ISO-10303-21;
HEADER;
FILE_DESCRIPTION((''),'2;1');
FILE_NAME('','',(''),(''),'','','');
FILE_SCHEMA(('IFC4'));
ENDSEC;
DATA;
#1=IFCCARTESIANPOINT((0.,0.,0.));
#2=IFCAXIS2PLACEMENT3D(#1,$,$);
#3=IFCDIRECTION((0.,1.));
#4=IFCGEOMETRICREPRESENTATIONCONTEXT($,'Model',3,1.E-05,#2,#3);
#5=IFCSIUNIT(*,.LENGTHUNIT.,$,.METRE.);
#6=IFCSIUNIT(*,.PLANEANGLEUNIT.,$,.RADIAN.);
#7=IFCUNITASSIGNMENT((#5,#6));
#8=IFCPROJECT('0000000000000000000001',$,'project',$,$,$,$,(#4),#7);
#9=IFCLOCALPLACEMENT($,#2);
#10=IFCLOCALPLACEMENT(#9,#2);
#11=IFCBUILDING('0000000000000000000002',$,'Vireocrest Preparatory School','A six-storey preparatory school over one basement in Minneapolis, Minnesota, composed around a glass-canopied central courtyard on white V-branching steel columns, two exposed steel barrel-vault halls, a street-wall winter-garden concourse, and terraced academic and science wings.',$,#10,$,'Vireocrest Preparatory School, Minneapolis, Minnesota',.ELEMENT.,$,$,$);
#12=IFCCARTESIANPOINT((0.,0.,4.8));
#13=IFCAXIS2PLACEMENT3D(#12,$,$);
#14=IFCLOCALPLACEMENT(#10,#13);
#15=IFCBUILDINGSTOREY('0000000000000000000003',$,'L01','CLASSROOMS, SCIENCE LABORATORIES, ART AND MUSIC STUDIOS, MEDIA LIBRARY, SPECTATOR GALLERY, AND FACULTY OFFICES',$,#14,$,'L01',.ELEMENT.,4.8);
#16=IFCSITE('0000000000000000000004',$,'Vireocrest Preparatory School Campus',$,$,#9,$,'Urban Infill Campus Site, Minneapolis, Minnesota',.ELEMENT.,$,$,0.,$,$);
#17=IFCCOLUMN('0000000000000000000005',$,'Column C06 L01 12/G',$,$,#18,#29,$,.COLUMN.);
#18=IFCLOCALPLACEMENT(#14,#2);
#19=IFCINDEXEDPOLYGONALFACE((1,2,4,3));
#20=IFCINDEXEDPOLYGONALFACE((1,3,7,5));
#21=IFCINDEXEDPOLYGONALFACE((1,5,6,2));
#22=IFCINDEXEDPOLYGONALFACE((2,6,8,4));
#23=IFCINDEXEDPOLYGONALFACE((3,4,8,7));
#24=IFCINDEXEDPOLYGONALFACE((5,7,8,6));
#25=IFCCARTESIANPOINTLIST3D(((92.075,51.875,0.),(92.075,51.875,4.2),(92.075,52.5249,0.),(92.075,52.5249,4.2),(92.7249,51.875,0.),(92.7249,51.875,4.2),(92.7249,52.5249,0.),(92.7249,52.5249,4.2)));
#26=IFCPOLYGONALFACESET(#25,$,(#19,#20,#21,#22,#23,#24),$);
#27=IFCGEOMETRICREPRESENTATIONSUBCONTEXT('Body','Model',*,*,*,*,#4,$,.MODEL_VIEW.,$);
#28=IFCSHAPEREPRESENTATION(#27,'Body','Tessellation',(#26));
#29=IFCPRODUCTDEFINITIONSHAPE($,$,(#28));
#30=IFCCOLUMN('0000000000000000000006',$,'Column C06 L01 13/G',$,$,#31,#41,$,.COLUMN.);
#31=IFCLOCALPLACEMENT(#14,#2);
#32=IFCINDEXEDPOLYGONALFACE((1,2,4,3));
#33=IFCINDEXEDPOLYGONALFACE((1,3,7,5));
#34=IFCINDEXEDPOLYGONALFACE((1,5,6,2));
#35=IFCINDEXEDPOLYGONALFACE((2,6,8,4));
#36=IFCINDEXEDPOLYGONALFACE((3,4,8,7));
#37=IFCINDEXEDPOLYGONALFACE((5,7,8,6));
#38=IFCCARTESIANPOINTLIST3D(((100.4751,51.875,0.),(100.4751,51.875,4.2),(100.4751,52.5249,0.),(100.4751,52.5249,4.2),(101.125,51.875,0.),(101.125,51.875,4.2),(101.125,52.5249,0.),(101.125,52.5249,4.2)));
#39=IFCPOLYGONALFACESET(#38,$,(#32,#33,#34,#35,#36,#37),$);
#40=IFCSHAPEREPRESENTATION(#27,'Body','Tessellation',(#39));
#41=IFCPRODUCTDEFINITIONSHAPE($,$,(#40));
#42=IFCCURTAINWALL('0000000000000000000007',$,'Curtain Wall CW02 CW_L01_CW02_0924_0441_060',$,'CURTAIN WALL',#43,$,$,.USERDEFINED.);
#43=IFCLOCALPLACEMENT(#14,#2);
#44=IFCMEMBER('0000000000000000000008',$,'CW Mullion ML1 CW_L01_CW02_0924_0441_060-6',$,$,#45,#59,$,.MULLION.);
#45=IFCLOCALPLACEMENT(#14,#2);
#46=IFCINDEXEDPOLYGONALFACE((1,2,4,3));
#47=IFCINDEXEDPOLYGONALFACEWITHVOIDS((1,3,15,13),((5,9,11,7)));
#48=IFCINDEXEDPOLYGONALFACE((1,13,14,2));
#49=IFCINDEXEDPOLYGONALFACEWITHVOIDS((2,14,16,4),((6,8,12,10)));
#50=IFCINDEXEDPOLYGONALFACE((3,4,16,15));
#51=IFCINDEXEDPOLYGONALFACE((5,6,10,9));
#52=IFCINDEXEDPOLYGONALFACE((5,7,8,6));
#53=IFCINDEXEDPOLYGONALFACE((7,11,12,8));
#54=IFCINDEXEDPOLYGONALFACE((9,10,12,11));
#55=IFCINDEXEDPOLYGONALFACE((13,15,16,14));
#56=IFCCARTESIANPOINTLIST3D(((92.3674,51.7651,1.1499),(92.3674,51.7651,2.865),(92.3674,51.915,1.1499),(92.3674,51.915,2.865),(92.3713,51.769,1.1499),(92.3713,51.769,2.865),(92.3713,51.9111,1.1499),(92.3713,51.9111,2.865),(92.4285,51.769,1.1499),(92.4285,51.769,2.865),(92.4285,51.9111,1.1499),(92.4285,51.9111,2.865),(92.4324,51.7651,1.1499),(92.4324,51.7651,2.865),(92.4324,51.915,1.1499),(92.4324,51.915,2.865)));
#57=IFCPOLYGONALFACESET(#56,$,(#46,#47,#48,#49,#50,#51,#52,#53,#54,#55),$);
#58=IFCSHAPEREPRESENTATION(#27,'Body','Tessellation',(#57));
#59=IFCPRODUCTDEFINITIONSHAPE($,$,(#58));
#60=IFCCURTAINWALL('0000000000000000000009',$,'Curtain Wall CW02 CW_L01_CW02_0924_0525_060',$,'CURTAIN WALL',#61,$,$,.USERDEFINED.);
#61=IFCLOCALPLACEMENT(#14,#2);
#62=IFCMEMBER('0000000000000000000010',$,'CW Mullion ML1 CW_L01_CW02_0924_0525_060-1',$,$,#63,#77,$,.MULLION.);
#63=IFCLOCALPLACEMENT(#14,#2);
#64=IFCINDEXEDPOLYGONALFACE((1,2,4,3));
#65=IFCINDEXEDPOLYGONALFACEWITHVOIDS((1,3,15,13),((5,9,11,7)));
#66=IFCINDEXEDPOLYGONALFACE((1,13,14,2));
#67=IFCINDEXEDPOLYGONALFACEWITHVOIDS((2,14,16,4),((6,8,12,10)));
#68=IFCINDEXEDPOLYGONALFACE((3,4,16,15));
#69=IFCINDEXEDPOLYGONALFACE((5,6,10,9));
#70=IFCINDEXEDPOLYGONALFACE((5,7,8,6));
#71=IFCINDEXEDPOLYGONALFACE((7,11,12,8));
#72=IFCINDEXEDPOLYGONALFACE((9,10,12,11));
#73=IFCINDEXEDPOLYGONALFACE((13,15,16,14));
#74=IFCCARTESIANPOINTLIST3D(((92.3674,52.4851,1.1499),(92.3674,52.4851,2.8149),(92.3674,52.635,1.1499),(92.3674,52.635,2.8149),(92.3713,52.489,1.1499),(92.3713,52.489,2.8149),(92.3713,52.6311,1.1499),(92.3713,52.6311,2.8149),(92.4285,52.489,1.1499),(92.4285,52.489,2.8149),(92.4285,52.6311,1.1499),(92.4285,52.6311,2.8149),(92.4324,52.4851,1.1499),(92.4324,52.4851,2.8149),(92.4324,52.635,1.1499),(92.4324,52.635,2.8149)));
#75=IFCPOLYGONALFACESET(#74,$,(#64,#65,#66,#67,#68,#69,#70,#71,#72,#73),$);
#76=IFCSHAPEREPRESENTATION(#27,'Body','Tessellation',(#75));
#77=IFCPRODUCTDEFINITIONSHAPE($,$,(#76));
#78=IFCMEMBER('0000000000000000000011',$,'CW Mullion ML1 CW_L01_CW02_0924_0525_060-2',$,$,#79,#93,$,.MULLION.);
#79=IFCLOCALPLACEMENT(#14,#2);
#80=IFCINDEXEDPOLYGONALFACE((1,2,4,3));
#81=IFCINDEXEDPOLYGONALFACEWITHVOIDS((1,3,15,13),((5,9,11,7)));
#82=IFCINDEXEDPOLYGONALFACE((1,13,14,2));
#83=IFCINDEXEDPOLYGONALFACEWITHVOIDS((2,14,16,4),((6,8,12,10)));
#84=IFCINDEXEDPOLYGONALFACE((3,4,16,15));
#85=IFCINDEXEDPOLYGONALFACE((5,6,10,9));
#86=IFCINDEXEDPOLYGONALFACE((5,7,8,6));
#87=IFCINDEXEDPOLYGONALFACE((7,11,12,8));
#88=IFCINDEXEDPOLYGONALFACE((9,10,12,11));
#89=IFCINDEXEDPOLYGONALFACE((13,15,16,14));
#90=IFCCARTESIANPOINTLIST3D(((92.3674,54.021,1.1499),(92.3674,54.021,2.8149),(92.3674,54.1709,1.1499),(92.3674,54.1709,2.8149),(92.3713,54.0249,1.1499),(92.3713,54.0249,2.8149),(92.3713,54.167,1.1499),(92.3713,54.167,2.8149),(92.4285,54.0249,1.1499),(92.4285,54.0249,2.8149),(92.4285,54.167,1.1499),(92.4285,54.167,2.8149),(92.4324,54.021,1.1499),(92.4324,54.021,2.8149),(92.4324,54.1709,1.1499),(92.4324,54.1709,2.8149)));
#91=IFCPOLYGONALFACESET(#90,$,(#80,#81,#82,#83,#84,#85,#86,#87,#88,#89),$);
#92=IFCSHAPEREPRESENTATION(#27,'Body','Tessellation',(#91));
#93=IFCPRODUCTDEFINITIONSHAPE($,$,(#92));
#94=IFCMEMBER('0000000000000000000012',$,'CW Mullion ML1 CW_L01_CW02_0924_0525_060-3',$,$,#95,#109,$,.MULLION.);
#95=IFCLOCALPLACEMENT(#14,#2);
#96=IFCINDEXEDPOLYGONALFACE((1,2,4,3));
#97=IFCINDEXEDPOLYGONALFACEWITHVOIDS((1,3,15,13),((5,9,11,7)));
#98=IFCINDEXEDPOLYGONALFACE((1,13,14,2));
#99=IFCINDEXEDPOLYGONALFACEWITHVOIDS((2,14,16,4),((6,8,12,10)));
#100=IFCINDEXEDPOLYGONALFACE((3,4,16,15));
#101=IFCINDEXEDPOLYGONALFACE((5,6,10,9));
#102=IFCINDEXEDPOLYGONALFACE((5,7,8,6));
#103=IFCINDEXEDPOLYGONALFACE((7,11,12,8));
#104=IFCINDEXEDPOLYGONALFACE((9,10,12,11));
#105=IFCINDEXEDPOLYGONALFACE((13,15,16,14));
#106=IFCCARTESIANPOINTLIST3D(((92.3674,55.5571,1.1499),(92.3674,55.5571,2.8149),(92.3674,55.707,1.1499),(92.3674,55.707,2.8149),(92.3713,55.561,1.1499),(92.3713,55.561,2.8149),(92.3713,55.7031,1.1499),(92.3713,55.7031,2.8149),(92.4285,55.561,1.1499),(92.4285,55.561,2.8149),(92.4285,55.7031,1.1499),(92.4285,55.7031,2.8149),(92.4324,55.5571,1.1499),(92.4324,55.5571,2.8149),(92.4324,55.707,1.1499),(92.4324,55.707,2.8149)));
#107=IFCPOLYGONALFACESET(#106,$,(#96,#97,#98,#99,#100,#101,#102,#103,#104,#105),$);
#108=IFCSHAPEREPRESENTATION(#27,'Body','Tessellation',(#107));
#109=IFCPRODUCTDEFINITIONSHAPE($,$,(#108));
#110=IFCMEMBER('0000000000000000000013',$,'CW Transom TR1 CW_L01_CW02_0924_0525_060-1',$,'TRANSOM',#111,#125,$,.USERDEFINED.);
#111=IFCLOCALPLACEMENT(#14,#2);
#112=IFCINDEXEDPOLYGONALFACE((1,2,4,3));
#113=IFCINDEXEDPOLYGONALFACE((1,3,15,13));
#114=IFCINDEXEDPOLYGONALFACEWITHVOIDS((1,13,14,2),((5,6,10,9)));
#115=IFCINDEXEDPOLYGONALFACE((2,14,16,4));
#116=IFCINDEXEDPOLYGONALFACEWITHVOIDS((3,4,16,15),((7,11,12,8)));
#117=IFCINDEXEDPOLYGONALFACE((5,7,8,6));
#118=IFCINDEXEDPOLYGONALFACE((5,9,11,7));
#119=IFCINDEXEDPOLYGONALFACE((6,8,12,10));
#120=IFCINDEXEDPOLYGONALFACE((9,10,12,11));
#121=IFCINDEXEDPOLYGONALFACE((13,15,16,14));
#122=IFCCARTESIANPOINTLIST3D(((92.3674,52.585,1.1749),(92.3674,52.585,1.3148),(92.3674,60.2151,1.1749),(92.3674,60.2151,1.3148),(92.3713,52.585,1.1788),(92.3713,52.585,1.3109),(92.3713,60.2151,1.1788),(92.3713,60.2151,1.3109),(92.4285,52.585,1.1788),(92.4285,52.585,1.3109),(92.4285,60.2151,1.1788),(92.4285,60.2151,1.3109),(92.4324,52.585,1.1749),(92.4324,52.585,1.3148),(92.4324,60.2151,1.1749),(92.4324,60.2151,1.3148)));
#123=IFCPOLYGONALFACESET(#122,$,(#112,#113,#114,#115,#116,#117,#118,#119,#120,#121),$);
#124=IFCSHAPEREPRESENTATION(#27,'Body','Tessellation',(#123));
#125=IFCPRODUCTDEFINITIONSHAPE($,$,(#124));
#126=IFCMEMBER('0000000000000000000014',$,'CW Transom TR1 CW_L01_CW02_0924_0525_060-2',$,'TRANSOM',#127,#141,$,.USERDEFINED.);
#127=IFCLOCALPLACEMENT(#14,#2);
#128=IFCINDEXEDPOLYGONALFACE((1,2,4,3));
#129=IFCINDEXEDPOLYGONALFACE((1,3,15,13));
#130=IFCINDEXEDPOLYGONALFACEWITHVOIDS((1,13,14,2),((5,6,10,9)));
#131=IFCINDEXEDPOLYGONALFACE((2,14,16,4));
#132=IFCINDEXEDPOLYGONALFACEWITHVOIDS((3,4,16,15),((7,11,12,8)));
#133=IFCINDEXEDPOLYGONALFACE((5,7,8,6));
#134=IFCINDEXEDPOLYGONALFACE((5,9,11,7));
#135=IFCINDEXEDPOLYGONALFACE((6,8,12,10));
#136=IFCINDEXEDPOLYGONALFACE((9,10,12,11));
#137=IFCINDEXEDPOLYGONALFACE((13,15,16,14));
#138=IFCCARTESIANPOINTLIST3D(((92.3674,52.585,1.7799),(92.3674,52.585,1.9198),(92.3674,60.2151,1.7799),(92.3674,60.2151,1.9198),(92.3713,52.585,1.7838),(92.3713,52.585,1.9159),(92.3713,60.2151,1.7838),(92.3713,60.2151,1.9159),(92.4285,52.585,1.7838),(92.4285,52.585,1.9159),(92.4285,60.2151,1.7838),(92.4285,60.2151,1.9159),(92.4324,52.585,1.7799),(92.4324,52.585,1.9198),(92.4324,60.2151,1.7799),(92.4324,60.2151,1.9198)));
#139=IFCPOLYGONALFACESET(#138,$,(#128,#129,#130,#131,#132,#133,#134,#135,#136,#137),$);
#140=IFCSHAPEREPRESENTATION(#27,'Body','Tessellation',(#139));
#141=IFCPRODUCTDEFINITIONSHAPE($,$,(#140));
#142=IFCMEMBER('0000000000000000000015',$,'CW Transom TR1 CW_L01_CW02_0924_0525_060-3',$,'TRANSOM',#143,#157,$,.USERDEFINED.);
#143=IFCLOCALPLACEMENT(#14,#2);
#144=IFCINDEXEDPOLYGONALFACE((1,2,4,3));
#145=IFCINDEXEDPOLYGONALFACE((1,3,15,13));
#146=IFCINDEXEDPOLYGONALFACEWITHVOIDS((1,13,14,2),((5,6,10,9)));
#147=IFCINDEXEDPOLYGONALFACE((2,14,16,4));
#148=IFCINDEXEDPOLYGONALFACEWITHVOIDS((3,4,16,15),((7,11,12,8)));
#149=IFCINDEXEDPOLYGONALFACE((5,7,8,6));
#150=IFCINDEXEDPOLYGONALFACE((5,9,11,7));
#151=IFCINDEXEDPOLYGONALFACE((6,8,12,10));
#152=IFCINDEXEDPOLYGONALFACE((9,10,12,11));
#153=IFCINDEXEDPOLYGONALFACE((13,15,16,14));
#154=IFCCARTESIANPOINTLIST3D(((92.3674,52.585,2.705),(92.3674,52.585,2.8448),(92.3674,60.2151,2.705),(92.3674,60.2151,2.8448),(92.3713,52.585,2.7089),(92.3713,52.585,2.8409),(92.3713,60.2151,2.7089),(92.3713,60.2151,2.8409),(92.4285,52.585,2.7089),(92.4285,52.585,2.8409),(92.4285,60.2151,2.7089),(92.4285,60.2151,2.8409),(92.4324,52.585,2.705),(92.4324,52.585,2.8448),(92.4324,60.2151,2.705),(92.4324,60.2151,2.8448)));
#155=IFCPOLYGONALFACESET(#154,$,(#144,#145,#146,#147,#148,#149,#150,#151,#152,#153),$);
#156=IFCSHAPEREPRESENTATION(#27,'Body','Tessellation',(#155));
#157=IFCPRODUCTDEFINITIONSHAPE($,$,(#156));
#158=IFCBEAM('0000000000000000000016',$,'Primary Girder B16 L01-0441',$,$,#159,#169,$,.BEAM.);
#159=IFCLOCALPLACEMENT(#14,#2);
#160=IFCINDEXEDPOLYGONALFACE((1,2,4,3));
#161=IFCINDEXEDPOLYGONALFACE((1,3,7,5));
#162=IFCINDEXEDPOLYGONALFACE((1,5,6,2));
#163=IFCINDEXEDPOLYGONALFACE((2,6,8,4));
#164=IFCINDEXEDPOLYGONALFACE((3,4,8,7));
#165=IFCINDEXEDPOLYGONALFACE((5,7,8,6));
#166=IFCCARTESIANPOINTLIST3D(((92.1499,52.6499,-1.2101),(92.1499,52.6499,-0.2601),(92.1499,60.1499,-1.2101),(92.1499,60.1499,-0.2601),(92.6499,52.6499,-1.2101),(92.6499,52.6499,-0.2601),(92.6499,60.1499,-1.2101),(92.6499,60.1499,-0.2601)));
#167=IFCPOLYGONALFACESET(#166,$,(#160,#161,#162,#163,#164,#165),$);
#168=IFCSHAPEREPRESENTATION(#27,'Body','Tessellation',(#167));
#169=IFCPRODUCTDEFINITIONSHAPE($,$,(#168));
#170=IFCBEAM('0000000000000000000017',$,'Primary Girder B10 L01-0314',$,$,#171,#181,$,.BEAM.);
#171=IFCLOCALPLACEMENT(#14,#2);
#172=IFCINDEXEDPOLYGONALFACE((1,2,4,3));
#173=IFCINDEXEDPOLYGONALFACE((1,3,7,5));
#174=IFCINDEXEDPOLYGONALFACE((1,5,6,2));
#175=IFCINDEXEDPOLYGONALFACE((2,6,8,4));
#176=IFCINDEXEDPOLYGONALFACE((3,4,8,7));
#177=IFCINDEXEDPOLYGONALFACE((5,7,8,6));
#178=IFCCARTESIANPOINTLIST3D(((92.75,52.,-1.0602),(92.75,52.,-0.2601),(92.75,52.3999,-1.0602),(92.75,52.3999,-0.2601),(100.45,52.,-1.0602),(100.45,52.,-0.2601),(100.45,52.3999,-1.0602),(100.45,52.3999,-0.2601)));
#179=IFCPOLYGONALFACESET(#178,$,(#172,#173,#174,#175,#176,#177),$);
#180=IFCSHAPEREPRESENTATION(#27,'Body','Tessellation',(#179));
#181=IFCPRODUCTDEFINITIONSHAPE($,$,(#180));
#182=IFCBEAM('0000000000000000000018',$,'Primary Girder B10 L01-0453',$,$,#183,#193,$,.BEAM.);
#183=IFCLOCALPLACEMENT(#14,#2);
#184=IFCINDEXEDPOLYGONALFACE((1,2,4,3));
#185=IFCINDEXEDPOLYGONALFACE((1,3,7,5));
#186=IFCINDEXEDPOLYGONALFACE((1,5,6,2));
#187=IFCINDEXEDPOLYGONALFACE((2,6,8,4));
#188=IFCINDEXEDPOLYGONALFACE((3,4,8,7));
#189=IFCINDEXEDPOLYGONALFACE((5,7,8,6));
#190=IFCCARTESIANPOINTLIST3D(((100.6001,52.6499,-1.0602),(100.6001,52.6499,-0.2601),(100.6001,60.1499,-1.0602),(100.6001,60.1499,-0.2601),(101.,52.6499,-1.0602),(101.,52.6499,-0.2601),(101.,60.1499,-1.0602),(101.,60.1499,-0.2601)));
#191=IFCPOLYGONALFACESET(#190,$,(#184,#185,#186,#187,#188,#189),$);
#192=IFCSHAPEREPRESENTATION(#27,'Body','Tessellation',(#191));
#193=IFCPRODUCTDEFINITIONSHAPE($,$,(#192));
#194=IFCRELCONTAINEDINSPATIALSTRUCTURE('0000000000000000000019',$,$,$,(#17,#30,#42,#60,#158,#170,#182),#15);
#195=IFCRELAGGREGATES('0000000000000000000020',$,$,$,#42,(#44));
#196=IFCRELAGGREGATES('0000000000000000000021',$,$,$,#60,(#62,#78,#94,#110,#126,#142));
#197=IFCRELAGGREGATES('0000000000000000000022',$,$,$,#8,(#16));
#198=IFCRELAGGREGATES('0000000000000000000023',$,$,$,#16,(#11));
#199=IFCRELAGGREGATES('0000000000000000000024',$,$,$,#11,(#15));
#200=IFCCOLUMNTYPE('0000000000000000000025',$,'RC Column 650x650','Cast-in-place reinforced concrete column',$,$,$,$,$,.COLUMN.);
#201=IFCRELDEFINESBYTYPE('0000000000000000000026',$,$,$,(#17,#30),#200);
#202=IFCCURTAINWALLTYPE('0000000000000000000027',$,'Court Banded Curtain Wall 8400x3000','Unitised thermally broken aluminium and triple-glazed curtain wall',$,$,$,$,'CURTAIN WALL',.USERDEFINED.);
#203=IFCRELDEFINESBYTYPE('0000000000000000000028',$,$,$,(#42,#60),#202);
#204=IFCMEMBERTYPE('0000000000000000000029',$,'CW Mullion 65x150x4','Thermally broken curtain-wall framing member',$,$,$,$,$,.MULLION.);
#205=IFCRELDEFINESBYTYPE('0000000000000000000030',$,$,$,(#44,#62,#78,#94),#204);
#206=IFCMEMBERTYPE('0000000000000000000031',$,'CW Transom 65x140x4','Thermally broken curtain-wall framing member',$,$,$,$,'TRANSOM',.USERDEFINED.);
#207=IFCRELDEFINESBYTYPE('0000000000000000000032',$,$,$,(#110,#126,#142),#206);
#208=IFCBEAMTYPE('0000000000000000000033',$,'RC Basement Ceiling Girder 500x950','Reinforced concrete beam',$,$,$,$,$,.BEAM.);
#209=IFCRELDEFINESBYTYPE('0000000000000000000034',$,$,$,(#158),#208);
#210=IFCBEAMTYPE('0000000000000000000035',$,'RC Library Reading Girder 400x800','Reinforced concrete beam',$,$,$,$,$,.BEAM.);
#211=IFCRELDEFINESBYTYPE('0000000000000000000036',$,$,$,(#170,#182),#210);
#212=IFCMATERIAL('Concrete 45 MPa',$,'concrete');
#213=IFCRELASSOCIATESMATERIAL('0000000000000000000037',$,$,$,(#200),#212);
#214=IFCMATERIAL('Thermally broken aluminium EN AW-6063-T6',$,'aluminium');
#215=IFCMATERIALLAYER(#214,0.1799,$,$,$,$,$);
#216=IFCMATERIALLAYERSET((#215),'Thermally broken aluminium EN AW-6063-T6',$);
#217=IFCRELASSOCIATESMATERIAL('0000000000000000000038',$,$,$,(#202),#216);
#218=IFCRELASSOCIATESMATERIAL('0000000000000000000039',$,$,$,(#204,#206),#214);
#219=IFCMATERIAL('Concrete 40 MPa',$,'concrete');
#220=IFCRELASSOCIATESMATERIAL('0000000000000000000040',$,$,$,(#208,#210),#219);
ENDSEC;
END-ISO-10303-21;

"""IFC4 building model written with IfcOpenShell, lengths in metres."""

from ifc_helpers import new_model, si_unit, direction, frame, origin, origin_2d, place, context, subcontext, project, spatial, rectangle, hollow_rectangle, extrude, material, layer, layer_set, material_profile, profile_set, type_object, element, aggregate, save


model = new_model("IFC4")

# Units and contexts
model_context = context("Model", 3, precision=1e-05, world=origin(), true_north=direction((0.0, 1.0)))
body_context = subcontext(model_context, "Body", "Model", "MODEL_VIEW")
ifc_project = project(units=[si_unit("LENGTHUNIT", "METRE"), si_unit("PLANEANGLEUNIT", "RADIAN")], contexts=[model_context])

# Site, building, storey
site_placement = place(None, origin())
site = spatial("IfcSite", under=ifc_project, at=site_placement, Name="Vireocrest Preparatory School Campus", LongName="Urban Infill Campus Site, Minneapolis, Minnesota", CompositionType="ELEMENT", RefElevation=0.0)
building_placement = place(site_placement, origin())
building = spatial("IfcBuilding", under=site, at=building_placement, Name="Vireocrest Preparatory School", Description="A six-storey preparatory school over one basement in Minneapolis, Minnesota, composed around a glass-canopied central courtyard on white V-branching steel columns, two exposed steel barrel-vault halls, a street-wall winter-garden concourse, and terraced academic and science wings.", LongName="Vireocrest Preparatory School, Minneapolis, Minnesota", CompositionType="ELEMENT")
storey_placement = place(building_placement, frame((0.0, 0.0, 4.8)))
storey = spatial("IfcBuildingStorey", under=building, at=storey_placement, Name="L01", Description="CLASSROOMS, SCIENCE LABORATORIES, ART AND MUSIC STUDIOS, MEDIA LIBRARY, SPECTATOR GALLERY, AND FACULTY OFFICES", LongName="L01", CompositionType="ELEMENT", Elevation=4.8)

# Columns
ifc_material_1 = material(Name="Concrete 45 MPa", Category="concrete")
ifc_material_profile_1 = material_profile(ifc_material_1, rectangle(XDim=0.6499, YDim=0.6499, at=origin_2d()), Name="RC 650x650")
ifc_profile_set_1 = profile_set([ifc_material_profile_1], Name="Concrete 45 MPa")
column_type = type_object("IfcColumnType", Name="RC Column 650x650", Description="Cast-in-place reinforced concrete column", PredefinedType="COLUMN", material=ifc_profile_set_1)
for number, where, z_axis, x_axis, name in (
    (1, (92.3999, 52.2, 0.0), (0.0, 0.0, 1.0), (1.0, 0.0, 0.0), "Column C06 L01 12/G"),
    (2, (100.8, 52.2, 0.0), (0.0, 0.0, 1.0), (1.0, 0.0, 0.0), "Column C06 L01 13/G"),
):
    element("IfcColumn", number, at=place(storey_placement, frame(where, z_axis=z_axis, x_axis=x_axis)), inside=storey, type_object=column_type, Name=name, PredefinedType="COLUMN", context=body_context, shape_type="SweptSolid", body=[
        extrude(rectangle(XDim=0.6499, YDim=0.6499, at=origin_2d()), origin(), (0.0, 0.0, 1.0), 4.2),
    ])

# Curtain wall, member
ifc_material_2 = material(Name="Thermally broken aluminium EN AW-6063-T6", Category="aluminium")
ifc_layer_1 = layer(ifc_material_2, 0.1799)
ifc_layer_set_1 = layer_set([ifc_layer_1], Name="Thermally broken aluminium EN AW-6063-T6")
curtain_wall_type = type_object("IfcCurtainWallType", Name="Court Banded Curtain Wall 8400x3000", Description="Unitised thermally broken aluminium and triple-glazed curtain wall", ElementType="CURTAIN WALL", PredefinedType="USERDEFINED", material=ifc_layer_set_1)
curtain_wall_1_placement = place(storey_placement, origin())
curtain_wall_1 = element("IfcCurtainWall", 3, at=curtain_wall_1_placement, inside=storey, type_object=curtain_wall_type, Name="Curtain Wall CW02 CW_L01_CW02_0924_0441_060", ObjectType="CURTAIN WALL", PredefinedType="USERDEFINED")
ifc_material_profile_2 = material_profile(ifc_material_2, hollow_rectangle(XDim=0.0649, YDim=0.1499, WallThickness=0.0039, at=origin_2d()), Name="ALU 65x150x4")
ifc_profile_set_2 = profile_set([ifc_material_profile_2], Name="Thermally broken aluminium EN AW-6063-T6")
member_type_1 = type_object("IfcMemberType", Name="CW Mullion 65x150x4", Description="Thermally broken curtain-wall framing member", PredefinedType="MULLION", material=ifc_profile_set_2)
member_1_placement = place(storey_placement, frame((92.3999, 51.8401, 1.1499), z_axis=(0.0, 0.0, 1.0), x_axis=(1.0, 0.0, 0.0)))
member_1 = element("IfcMember", 4, at=member_1_placement, type_object=member_type_1, Name="CW Mullion ML1 CW_L01_CW02_0924_0441_060-6", PredefinedType="MULLION", context=body_context, shape_type="SweptSolid", body=[
    extrude(hollow_rectangle(XDim=0.0649, YDim=0.1499, WallThickness=0.0039, at=origin_2d()), origin(), (0.0, 0.0, 1.0), 1.7151),
])

# Curtain wall, members
curtain_wall_2_placement = place(storey_placement, origin())
curtain_wall_2 = element("IfcCurtainWall", 5, at=curtain_wall_2_placement, inside=storey, type_object=curtain_wall_type, Name="Curtain Wall CW02 CW_L01_CW02_0924_0525_060", ObjectType="CURTAIN WALL", PredefinedType="USERDEFINED")
member_2_placement = place(storey_placement, frame((92.3999, 52.5601, 1.1499), z_axis=(0.0, 0.0, 1.0), x_axis=(1.0, 0.0, 0.0)))
member_2 = element("IfcMember", 6, at=member_2_placement, type_object=member_type_1, Name="CW Mullion ML1 CW_L01_CW02_0924_0525_060-1", PredefinedType="MULLION", context=body_context, shape_type="SweptSolid", body=[
    extrude(hollow_rectangle(XDim=0.0649, YDim=0.1499, WallThickness=0.0039, at=origin_2d()), origin(), (0.0, 0.0, 1.0), 1.665),
])
member_3_placement = place(storey_placement, frame((92.3999, 54.0959, 1.1499), z_axis=(0.0, 0.0, 1.0), x_axis=(1.0, 0.0, 0.0)))
member_3 = element("IfcMember", 7, at=member_3_placement, type_object=member_type_1, Name="CW Mullion ML1 CW_L01_CW02_0924_0525_060-2", PredefinedType="MULLION", context=body_context, shape_type="SweptSolid", body=[
    extrude(hollow_rectangle(XDim=0.0649, YDim=0.1499, WallThickness=0.0039, at=origin_2d()), origin(), (0.0, 0.0, 1.0), 1.665),
])
member_4_placement = place(storey_placement, frame((92.3999, 55.6321, 1.1499), z_axis=(0.0, 0.0, 1.0), x_axis=(1.0, 0.0, 0.0)))
member_4 = element("IfcMember", 8, at=member_4_placement, type_object=member_type_1, Name="CW Mullion ML1 CW_L01_CW02_0924_0525_060-3", PredefinedType="MULLION", context=body_context, shape_type="SweptSolid", body=[
    extrude(hollow_rectangle(XDim=0.0649, YDim=0.1499, WallThickness=0.0039, at=origin_2d()), origin(), (0.0, 0.0, 1.0), 1.665),
])
ifc_material_profile_3 = material_profile(ifc_material_2, hollow_rectangle(XDim=0.0649, YDim=0.1399, WallThickness=0.0039, at=origin_2d()), Name="ALU 65x140x4")
ifc_profile_set_3 = profile_set([ifc_material_profile_3], Name="Thermally broken aluminium EN AW-6063-T6")
member_type_2 = type_object("IfcMemberType", Name="CW Transom 65x140x4", Description="Thermally broken curtain-wall framing member", ElementType="TRANSOM", PredefinedType="USERDEFINED", material=ifc_profile_set_3)
member_5_placement = place(storey_placement, frame((92.3999, 52.585, 1.2449), z_axis=(0.0, 1.0, 0.0), x_axis=(-1.0, 0.0, 0.0)))
member_5 = element("IfcMember", 9, at=member_5_placement, type_object=member_type_2, Name="CW Transom TR1 CW_L01_CW02_0924_0525_060-1", ObjectType="TRANSOM", PredefinedType="USERDEFINED", context=body_context, shape_type="SweptSolid", body=[
    extrude(hollow_rectangle(XDim=0.0649, YDim=0.1399, WallThickness=0.0039, at=origin_2d()), origin(), (0.0, 0.0, 1.0), 7.6301),
])
member_6_placement = place(storey_placement, frame((92.3999, 52.585, 1.8499), z_axis=(0.0, 1.0, 0.0), x_axis=(-1.0, 0.0, 0.0)))
member_6 = element("IfcMember", 10, at=member_6_placement, type_object=member_type_2, Name="CW Transom TR1 CW_L01_CW02_0924_0525_060-2", ObjectType="TRANSOM", PredefinedType="USERDEFINED", context=body_context, shape_type="SweptSolid", body=[
    extrude(hollow_rectangle(XDim=0.0649, YDim=0.1399, WallThickness=0.0039, at=origin_2d()), origin(), (0.0, 0.0, 1.0), 7.6301),
])
member_7_placement = place(storey_placement, frame((92.3999, 52.585, 2.7749), z_axis=(0.0, 1.0, 0.0), x_axis=(-1.0, 0.0, 0.0)))
member_7 = element("IfcMember", 11, at=member_7_placement, type_object=member_type_2, Name="CW Transom TR1 CW_L01_CW02_0924_0525_060-3", ObjectType="TRANSOM", PredefinedType="USERDEFINED", context=body_context, shape_type="SweptSolid", body=[
    extrude(hollow_rectangle(XDim=0.0649, YDim=0.1399, WallThickness=0.0039, at=origin_2d()), origin(), (0.0, 0.0, 1.0), 7.6301),
])

# Beams
ifc_material_3 = material(Name="Concrete 40 MPa", Category="concrete")
ifc_material_profile_4 = material_profile(ifc_material_3, rectangle(XDim=0.5, YDim=0.95, at=origin_2d()), Name="RC 500x950")
ifc_profile_set_4 = profile_set([ifc_material_profile_4], Name="Concrete 40 MPa")
beam_type_1 = type_object("IfcBeamType", Name="RC Basement Ceiling Girder 500x950", Description="Reinforced concrete beam", PredefinedType="BEAM", material=ifc_profile_set_4)
beam_1_placement = place(storey_placement, frame((92.3999, 52.6499, -0.7351), z_axis=(0.0, 1.0, 0.0), x_axis=(-1.0, 0.0, 0.0)))
element("IfcBeam", 12, at=beam_1_placement, inside=storey, type_object=beam_type_1, Name="Primary Girder B16 L01-0441", PredefinedType="BEAM", context=body_context, shape_type="SweptSolid", body=[
    extrude(rectangle(XDim=0.5, YDim=0.95, at=origin_2d()), origin(), (0.0, 0.0, 1.0), 7.5),
])
ifc_material_profile_5 = material_profile(ifc_material_3, rectangle(XDim=0.3999, YDim=0.8, at=origin_2d()), Name="RC 400x800")
ifc_profile_set_5 = profile_set([ifc_material_profile_5], Name="Concrete 40 MPa")
beam_type_2 = type_object("IfcBeamType", Name="RC Library Reading Girder 400x800", Description="Reinforced concrete beam", PredefinedType="BEAM", material=ifc_profile_set_5)
beam_2_placement = place(storey_placement, frame((92.75, 52.2, -0.6602), z_axis=(1.0, 0.0, 0.0), x_axis=(0.0, 1.0, 0.0)))
element("IfcBeam", 13, at=beam_2_placement, inside=storey, type_object=beam_type_2, Name="Primary Girder B10 L01-0314", PredefinedType="BEAM", context=body_context, shape_type="SweptSolid", body=[
    extrude(rectangle(XDim=0.3999, YDim=0.8, at=origin_2d()), origin(), (0.0, 0.0, 1.0), 7.7),
])
beam_3_placement = place(storey_placement, frame((100.8, 52.6499, -0.6602), z_axis=(0.0, 1.0, 0.0), x_axis=(-1.0, 0.0, 0.0)))
element("IfcBeam", 14, at=beam_3_placement, inside=storey, type_object=beam_type_2, Name="Primary Girder B10 L01-0453", PredefinedType="BEAM", context=body_context, shape_type="SweptSolid", body=[
    extrude(rectangle(XDim=0.3999, YDim=0.8, at=origin_2d()), origin(), (0.0, 0.0, 1.0), 7.5),
])

aggregate(curtain_wall_1, [member_1])
aggregate(curtain_wall_2, [member_2, member_3, member_4, member_5, member_6, member_7])

save(model, "model.ifc")
